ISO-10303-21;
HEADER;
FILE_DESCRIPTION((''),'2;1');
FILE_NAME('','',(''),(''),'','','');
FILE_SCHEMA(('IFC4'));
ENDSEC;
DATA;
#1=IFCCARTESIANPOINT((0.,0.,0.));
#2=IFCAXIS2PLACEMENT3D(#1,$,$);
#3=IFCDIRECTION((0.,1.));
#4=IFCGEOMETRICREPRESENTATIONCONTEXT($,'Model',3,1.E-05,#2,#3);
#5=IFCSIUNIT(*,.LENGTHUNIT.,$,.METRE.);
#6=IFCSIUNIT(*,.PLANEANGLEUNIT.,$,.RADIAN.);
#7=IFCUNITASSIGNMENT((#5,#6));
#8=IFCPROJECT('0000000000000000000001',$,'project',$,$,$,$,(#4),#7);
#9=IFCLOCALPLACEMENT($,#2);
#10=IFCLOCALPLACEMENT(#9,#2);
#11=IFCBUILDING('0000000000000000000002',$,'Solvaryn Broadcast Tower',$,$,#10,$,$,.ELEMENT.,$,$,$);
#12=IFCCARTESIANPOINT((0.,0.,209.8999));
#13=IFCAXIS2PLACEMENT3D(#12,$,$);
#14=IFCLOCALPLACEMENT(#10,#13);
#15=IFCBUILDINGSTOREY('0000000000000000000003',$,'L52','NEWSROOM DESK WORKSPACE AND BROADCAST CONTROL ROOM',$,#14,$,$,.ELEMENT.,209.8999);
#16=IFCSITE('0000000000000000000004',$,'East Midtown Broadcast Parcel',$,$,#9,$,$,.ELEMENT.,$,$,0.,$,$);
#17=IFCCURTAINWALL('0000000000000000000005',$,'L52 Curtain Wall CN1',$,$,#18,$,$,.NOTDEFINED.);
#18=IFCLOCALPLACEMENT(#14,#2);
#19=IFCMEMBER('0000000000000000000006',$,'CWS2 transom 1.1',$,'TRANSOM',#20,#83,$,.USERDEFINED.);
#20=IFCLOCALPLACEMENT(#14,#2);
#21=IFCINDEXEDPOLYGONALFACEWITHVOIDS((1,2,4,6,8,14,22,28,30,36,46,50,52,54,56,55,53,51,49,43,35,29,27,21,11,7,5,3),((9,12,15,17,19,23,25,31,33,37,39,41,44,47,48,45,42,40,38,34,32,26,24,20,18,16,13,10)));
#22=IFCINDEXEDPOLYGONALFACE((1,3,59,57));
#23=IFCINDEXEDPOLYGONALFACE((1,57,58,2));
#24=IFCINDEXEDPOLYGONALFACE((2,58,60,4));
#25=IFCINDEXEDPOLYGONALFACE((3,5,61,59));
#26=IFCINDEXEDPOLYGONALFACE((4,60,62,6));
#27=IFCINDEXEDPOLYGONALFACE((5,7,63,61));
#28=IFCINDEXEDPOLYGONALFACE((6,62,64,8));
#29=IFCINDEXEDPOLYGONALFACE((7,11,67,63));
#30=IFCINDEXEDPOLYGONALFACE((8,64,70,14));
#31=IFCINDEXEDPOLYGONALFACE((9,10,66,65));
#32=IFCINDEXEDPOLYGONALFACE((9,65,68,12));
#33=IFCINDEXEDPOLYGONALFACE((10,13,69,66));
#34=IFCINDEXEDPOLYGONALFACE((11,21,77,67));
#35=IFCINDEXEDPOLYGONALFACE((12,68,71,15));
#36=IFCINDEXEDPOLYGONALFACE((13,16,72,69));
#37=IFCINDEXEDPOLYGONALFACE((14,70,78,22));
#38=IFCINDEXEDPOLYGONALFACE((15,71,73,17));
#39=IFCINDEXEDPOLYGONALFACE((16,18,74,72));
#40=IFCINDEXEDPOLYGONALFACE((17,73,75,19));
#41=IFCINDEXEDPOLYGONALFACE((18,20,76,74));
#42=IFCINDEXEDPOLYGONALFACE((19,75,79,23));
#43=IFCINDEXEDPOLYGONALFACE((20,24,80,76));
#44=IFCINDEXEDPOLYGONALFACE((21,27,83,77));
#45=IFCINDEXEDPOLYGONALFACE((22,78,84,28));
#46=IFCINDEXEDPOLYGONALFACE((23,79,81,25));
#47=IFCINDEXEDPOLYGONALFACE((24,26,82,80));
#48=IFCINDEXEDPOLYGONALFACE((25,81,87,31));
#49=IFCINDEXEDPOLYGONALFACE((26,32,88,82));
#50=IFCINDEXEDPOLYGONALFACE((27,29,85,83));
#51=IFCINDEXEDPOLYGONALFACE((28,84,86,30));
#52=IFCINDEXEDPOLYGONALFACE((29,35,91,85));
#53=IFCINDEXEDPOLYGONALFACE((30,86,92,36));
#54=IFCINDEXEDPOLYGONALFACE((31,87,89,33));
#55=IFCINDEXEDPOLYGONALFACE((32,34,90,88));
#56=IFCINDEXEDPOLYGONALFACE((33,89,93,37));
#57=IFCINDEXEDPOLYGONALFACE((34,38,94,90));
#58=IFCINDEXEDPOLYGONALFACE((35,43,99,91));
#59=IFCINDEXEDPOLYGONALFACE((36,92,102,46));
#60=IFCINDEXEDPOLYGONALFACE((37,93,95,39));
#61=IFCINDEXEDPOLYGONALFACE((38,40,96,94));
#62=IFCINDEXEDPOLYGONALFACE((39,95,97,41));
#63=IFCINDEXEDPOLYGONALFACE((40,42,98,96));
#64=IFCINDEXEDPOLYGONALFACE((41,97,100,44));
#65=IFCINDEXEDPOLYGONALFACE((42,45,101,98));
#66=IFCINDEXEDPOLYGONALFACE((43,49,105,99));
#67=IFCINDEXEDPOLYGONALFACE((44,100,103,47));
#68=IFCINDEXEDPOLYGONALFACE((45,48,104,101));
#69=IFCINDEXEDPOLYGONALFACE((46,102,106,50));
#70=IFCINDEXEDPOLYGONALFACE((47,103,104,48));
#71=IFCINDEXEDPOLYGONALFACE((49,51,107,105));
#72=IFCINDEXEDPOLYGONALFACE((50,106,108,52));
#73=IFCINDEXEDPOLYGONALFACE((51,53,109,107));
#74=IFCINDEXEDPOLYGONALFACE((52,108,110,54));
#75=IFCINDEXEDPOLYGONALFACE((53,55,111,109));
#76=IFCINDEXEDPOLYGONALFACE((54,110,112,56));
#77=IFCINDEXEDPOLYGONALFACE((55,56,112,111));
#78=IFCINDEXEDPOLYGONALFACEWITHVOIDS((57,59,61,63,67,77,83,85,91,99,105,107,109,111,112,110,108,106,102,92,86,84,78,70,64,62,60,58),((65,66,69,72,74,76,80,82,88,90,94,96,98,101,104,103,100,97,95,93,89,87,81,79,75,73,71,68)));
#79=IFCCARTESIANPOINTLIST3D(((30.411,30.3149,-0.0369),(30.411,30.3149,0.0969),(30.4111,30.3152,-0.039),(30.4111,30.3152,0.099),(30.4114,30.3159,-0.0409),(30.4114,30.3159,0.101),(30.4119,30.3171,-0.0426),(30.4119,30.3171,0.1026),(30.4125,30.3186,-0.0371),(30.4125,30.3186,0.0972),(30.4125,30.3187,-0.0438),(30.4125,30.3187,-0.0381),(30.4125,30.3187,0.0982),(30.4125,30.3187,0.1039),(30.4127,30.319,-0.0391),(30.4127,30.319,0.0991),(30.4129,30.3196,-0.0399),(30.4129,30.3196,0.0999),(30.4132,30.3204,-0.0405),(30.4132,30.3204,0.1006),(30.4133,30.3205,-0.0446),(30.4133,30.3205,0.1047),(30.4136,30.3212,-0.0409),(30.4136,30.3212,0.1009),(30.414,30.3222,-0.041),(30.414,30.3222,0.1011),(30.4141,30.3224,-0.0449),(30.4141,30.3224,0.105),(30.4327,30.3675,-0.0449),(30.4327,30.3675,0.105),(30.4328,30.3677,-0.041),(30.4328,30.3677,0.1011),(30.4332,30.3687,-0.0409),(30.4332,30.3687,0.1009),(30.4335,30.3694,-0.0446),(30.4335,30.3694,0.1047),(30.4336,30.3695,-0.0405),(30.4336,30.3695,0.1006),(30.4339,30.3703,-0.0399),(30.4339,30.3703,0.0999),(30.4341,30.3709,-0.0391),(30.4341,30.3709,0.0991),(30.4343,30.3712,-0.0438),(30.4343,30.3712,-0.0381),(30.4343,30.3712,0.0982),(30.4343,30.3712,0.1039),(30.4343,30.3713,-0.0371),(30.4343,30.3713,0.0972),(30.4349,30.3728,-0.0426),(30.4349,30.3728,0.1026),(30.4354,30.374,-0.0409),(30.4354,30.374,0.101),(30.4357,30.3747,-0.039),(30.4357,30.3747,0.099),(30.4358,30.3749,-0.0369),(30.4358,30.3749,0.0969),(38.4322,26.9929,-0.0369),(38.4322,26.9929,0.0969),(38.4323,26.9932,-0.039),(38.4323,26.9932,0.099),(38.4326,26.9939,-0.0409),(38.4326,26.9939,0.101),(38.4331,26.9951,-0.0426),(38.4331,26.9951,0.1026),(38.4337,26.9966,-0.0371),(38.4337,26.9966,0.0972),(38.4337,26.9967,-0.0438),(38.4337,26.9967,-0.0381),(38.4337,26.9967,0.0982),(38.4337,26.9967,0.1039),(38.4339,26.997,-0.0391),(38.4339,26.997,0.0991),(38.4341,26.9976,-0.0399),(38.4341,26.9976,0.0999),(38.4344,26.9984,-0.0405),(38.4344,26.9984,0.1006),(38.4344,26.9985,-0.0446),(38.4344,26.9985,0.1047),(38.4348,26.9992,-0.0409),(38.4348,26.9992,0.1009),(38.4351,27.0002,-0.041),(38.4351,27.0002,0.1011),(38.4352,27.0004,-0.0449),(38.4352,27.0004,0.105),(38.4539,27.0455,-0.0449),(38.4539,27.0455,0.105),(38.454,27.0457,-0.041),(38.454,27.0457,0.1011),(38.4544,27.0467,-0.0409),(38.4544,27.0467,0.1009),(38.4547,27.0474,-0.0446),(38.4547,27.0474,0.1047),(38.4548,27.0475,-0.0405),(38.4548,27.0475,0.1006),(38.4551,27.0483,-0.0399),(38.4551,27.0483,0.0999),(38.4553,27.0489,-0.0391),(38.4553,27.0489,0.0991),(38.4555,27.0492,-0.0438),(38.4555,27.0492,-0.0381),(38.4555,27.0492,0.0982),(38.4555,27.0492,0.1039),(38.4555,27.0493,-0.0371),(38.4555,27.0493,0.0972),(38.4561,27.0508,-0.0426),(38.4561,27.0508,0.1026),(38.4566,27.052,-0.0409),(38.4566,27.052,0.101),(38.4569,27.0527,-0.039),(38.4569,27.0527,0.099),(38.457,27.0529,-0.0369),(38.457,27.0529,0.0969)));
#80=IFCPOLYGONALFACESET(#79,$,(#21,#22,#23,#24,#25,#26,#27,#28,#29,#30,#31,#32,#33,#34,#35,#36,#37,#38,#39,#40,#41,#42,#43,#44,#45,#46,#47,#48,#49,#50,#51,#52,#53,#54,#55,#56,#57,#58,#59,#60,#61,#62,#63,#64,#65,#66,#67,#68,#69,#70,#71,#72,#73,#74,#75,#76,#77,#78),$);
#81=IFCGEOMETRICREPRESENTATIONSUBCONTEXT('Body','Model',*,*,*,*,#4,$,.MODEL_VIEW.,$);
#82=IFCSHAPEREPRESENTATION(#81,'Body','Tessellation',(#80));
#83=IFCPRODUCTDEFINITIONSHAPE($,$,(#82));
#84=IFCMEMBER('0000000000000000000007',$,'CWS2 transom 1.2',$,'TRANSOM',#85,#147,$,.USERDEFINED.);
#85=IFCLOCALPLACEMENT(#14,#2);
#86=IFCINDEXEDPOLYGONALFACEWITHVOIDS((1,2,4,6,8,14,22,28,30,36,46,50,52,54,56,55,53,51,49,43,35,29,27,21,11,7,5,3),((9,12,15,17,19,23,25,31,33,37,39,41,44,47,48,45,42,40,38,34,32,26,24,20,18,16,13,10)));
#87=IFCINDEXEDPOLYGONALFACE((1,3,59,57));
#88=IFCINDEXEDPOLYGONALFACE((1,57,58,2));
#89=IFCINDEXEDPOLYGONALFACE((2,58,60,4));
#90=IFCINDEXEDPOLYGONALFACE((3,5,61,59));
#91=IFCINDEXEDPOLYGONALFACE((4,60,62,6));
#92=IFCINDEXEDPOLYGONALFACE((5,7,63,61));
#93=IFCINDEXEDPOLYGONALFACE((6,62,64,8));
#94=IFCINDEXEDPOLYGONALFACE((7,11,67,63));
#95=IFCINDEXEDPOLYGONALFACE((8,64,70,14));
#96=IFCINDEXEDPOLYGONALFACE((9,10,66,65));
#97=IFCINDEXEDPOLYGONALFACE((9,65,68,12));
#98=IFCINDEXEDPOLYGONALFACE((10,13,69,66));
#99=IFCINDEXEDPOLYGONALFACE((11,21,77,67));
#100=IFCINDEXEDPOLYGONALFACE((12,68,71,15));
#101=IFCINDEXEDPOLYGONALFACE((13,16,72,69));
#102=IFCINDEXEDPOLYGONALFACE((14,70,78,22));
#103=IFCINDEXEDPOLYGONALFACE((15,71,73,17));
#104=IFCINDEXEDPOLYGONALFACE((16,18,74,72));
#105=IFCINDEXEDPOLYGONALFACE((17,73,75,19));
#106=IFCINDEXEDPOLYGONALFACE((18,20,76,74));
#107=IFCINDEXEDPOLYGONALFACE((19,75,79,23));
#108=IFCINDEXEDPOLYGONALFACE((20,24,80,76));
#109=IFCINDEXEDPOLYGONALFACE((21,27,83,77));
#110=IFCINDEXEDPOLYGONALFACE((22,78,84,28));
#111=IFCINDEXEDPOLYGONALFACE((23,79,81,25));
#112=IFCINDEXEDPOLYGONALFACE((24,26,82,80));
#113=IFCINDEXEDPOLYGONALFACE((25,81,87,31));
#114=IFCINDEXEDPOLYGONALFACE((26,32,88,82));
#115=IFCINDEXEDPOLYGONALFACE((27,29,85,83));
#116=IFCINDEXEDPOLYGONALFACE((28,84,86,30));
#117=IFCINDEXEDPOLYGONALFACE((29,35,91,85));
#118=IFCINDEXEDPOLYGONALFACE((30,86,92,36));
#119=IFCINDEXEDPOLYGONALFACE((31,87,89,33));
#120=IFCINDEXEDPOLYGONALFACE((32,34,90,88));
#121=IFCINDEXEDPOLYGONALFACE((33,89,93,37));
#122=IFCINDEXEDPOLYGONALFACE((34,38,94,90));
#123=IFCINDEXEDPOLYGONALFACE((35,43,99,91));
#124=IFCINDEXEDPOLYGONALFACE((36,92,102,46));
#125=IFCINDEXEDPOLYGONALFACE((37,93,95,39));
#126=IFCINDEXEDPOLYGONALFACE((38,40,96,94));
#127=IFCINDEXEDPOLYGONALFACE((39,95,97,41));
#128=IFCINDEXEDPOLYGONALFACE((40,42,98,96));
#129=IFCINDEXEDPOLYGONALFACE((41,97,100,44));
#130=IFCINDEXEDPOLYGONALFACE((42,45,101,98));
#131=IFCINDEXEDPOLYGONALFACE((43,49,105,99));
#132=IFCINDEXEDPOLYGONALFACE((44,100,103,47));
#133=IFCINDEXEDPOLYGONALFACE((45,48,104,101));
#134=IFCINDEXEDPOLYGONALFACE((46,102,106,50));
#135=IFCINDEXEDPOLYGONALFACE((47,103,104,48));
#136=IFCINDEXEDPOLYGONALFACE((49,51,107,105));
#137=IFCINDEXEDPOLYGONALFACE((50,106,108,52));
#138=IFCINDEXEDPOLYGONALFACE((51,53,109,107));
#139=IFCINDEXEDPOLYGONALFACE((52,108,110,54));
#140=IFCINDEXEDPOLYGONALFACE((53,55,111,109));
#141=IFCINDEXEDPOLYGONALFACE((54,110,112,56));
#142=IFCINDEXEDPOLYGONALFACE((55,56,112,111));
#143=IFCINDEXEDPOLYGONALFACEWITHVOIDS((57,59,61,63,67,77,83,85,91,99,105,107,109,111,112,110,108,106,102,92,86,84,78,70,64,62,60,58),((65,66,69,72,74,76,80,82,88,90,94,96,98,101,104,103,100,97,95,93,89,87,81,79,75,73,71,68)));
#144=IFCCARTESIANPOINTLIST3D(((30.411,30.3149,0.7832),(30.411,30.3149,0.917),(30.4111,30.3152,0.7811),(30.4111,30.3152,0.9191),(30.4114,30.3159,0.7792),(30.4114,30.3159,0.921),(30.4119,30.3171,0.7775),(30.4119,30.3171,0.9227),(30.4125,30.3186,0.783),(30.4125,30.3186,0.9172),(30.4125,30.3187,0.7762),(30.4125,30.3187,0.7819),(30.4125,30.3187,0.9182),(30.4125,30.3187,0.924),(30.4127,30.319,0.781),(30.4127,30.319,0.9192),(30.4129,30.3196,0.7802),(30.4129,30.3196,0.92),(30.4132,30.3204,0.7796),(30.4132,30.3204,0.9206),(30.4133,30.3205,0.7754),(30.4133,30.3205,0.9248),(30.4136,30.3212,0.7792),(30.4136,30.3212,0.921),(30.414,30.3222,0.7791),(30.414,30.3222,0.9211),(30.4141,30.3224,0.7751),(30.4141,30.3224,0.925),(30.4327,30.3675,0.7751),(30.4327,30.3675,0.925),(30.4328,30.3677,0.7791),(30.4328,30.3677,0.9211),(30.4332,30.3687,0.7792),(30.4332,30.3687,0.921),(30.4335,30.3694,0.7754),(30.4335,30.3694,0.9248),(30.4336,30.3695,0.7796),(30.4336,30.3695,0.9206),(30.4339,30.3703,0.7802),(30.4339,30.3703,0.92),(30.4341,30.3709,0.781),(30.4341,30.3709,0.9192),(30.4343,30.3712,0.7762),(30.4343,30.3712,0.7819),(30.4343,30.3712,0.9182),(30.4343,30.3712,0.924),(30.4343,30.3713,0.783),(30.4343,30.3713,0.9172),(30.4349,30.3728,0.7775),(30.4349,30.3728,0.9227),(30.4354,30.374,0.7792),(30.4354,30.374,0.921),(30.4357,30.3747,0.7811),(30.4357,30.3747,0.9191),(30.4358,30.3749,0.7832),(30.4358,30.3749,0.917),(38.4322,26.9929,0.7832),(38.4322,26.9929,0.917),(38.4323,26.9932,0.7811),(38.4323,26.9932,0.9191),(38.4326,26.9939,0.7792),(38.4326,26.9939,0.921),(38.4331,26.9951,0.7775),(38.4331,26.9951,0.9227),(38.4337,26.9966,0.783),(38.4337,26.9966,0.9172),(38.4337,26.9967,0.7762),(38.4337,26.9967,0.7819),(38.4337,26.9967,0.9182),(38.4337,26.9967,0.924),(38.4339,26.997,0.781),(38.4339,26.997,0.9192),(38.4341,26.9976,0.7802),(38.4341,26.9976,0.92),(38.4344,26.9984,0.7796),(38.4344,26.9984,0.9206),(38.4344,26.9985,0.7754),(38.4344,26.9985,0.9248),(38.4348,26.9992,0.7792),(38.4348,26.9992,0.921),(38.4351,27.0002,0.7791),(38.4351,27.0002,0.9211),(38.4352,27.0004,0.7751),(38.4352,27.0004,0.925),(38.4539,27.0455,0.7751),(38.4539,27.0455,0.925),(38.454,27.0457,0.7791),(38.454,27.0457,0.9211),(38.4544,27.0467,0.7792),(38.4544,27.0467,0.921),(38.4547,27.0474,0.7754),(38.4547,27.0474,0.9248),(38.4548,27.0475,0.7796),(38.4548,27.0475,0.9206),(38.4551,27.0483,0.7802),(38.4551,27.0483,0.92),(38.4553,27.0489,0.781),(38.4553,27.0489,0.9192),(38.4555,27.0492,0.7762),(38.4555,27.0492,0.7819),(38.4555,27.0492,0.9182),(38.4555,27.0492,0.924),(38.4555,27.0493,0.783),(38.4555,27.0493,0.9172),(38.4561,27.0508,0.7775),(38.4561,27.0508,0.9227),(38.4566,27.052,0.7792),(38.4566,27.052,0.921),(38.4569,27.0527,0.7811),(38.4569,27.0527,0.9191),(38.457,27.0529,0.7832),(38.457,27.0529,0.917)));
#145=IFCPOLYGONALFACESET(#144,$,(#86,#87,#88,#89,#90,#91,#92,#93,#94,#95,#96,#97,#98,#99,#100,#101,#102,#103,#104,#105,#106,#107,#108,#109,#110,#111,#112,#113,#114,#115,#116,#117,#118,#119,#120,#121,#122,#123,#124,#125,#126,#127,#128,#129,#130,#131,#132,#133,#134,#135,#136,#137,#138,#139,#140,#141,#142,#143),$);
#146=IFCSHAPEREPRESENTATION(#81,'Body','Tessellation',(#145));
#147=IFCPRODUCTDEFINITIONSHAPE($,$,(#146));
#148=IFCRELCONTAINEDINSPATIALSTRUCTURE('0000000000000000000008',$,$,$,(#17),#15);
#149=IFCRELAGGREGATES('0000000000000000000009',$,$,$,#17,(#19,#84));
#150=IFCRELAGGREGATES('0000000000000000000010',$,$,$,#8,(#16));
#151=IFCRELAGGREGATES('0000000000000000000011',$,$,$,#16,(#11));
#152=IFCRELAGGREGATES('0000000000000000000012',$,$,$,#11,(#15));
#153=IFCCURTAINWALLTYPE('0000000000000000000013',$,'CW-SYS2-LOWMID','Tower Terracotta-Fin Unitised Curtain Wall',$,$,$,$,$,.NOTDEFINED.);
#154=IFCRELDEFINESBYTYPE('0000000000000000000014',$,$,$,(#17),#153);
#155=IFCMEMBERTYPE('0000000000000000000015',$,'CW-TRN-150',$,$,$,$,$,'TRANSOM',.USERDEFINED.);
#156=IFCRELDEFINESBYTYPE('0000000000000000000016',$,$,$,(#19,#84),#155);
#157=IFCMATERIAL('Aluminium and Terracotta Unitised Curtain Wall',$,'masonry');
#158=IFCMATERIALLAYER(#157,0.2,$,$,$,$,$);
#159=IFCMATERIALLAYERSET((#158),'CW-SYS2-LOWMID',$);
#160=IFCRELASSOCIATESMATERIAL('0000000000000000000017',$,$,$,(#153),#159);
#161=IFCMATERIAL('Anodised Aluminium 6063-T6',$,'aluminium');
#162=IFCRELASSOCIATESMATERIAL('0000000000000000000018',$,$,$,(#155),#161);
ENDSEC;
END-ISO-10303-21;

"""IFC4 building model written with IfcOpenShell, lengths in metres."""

from ifc_helpers import new_model, si_unit, direction, frame, origin, origin_2d, place, context, subcontext, project, spatial, hollow_rectangle, extrude, material, layer, layer_set, material_profile, profile_set, type_object, element, aggregate, save


model = new_model("IFC4")

# Units and contexts
model_context = context("Model", 3, precision=1e-05, world=origin(), true_north=direction((0.0, 1.0)))
body_context = subcontext(model_context, "Body", "Model", "MODEL_VIEW")
ifc_project = project(units=[si_unit("LENGTHUNIT", "METRE"), si_unit("PLANEANGLEUNIT", "RADIAN")], contexts=[model_context])

# Site, building, storey
site_placement = place(None, origin())
site = spatial("IfcSite", under=ifc_project, at=site_placement, Name="East Midtown Broadcast Parcel", CompositionType="ELEMENT", RefElevation=0.0)
building_placement = place(site_placement, origin())
building = spatial("IfcBuilding", under=site, at=building_placement, Name="Solvaryn Broadcast Tower", CompositionType="ELEMENT")
storey_placement = place(building_placement, frame((0.0, 0.0, 209.8999)))
storey = spatial("IfcBuildingStorey", under=building, at=storey_placement, Name="L52", Description="NEWSROOM DESK WORKSPACE AND BROADCAST CONTROL ROOM", CompositionType="ELEMENT", Elevation=209.8999)

# Curtain wall
ifc_material_1 = material(Name="Aluminium and Terracotta Unitised Curtain Wall", Category="masonry")
ifc_layer_1 = layer(ifc_material_1, 0.2)
ifc_layer_set_1 = layer_set([ifc_layer_1], Name="CW-SYS2-LOWMID")
curtain_wall_type = type_object("IfcCurtainWallType", Name="CW-SYS2-LOWMID", Description="Tower Terracotta-Fin Unitised Curtain Wall", PredefinedType="NOTDEFINED", material=ifc_layer_set_1)
curtain_wall_1_placement = place(storey_placement, origin())
curtain_wall_1 = element("IfcCurtainWall", 1, at=curtain_wall_1_placement, inside=storey, type_object=curtain_wall_type, Name="L52 Curtain Wall CN1", PredefinedType="NOTDEFINED")

# Members
ifc_material_2 = material(Name="Anodised Aluminium 6063-T6", Category="aluminium")
ifc_material_profile_1 = material_profile(ifc_material_2, hollow_rectangle(XDim=0.0649, YDim=0.1499, WallThickness=0.0039, InnerFilletRadius=0.0039, OuterFilletRadius=0.0081, at=origin_2d()))
ifc_profile_set_1 = profile_set([ifc_material_profile_1], Name="Anodised Aluminium 6063-T6")
member_type_1 = type_object("IfcMemberType", Name="CW-TRN-150", ElementType="TRANSOM", PredefinedType="USERDEFINED", material=ifc_profile_set_1)
member_1_placement = place(storey_placement, frame((38.4446, 27.0229, 0.03), z_axis=(-0.923899, 0.382636, 0.0), x_axis=(-0.382636, -0.923899, 0.0)))
member_1 = element("IfcMember", 2, at=member_1_placement, type_object=member_type_1, Name="CWS2 transom 1.1", ObjectType="TRANSOM", PredefinedType="USERDEFINED", context=body_context, shape_type="SweptSolid", body=[
    extrude(hollow_rectangle(XDim=0.0649, YDim=0.1499, WallThickness=0.0039, InnerFilletRadius=0.0039, OuterFilletRadius=0.0081, at=origin_2d()), origin(), (0.0, 0.0, 1.0), 8.6819),
])
member_2_placement = place(storey_placement, frame((38.4446, 27.0229, 0.8501), z_axis=(-0.923899, 0.382636, 0.0), x_axis=(-0.382636, -0.923899, 0.0)))
member_2 = element("IfcMember", 3, at=member_2_placement, type_object=member_type_1, Name="CWS2 transom 1.2", ObjectType="TRANSOM", PredefinedType="USERDEFINED", context=body_context, shape_type="SweptSolid", body=[
    extrude(hollow_rectangle(XDim=0.0649, YDim=0.1499, WallThickness=0.0039, InnerFilletRadius=0.0039, OuterFilletRadius=0.0081, at=origin_2d()), origin(), (0.0, 0.0, 1.0), 8.6819),
])
aggregate(curtain_wall_1, [member_1, member_2])

save(model, "model.ifc")
